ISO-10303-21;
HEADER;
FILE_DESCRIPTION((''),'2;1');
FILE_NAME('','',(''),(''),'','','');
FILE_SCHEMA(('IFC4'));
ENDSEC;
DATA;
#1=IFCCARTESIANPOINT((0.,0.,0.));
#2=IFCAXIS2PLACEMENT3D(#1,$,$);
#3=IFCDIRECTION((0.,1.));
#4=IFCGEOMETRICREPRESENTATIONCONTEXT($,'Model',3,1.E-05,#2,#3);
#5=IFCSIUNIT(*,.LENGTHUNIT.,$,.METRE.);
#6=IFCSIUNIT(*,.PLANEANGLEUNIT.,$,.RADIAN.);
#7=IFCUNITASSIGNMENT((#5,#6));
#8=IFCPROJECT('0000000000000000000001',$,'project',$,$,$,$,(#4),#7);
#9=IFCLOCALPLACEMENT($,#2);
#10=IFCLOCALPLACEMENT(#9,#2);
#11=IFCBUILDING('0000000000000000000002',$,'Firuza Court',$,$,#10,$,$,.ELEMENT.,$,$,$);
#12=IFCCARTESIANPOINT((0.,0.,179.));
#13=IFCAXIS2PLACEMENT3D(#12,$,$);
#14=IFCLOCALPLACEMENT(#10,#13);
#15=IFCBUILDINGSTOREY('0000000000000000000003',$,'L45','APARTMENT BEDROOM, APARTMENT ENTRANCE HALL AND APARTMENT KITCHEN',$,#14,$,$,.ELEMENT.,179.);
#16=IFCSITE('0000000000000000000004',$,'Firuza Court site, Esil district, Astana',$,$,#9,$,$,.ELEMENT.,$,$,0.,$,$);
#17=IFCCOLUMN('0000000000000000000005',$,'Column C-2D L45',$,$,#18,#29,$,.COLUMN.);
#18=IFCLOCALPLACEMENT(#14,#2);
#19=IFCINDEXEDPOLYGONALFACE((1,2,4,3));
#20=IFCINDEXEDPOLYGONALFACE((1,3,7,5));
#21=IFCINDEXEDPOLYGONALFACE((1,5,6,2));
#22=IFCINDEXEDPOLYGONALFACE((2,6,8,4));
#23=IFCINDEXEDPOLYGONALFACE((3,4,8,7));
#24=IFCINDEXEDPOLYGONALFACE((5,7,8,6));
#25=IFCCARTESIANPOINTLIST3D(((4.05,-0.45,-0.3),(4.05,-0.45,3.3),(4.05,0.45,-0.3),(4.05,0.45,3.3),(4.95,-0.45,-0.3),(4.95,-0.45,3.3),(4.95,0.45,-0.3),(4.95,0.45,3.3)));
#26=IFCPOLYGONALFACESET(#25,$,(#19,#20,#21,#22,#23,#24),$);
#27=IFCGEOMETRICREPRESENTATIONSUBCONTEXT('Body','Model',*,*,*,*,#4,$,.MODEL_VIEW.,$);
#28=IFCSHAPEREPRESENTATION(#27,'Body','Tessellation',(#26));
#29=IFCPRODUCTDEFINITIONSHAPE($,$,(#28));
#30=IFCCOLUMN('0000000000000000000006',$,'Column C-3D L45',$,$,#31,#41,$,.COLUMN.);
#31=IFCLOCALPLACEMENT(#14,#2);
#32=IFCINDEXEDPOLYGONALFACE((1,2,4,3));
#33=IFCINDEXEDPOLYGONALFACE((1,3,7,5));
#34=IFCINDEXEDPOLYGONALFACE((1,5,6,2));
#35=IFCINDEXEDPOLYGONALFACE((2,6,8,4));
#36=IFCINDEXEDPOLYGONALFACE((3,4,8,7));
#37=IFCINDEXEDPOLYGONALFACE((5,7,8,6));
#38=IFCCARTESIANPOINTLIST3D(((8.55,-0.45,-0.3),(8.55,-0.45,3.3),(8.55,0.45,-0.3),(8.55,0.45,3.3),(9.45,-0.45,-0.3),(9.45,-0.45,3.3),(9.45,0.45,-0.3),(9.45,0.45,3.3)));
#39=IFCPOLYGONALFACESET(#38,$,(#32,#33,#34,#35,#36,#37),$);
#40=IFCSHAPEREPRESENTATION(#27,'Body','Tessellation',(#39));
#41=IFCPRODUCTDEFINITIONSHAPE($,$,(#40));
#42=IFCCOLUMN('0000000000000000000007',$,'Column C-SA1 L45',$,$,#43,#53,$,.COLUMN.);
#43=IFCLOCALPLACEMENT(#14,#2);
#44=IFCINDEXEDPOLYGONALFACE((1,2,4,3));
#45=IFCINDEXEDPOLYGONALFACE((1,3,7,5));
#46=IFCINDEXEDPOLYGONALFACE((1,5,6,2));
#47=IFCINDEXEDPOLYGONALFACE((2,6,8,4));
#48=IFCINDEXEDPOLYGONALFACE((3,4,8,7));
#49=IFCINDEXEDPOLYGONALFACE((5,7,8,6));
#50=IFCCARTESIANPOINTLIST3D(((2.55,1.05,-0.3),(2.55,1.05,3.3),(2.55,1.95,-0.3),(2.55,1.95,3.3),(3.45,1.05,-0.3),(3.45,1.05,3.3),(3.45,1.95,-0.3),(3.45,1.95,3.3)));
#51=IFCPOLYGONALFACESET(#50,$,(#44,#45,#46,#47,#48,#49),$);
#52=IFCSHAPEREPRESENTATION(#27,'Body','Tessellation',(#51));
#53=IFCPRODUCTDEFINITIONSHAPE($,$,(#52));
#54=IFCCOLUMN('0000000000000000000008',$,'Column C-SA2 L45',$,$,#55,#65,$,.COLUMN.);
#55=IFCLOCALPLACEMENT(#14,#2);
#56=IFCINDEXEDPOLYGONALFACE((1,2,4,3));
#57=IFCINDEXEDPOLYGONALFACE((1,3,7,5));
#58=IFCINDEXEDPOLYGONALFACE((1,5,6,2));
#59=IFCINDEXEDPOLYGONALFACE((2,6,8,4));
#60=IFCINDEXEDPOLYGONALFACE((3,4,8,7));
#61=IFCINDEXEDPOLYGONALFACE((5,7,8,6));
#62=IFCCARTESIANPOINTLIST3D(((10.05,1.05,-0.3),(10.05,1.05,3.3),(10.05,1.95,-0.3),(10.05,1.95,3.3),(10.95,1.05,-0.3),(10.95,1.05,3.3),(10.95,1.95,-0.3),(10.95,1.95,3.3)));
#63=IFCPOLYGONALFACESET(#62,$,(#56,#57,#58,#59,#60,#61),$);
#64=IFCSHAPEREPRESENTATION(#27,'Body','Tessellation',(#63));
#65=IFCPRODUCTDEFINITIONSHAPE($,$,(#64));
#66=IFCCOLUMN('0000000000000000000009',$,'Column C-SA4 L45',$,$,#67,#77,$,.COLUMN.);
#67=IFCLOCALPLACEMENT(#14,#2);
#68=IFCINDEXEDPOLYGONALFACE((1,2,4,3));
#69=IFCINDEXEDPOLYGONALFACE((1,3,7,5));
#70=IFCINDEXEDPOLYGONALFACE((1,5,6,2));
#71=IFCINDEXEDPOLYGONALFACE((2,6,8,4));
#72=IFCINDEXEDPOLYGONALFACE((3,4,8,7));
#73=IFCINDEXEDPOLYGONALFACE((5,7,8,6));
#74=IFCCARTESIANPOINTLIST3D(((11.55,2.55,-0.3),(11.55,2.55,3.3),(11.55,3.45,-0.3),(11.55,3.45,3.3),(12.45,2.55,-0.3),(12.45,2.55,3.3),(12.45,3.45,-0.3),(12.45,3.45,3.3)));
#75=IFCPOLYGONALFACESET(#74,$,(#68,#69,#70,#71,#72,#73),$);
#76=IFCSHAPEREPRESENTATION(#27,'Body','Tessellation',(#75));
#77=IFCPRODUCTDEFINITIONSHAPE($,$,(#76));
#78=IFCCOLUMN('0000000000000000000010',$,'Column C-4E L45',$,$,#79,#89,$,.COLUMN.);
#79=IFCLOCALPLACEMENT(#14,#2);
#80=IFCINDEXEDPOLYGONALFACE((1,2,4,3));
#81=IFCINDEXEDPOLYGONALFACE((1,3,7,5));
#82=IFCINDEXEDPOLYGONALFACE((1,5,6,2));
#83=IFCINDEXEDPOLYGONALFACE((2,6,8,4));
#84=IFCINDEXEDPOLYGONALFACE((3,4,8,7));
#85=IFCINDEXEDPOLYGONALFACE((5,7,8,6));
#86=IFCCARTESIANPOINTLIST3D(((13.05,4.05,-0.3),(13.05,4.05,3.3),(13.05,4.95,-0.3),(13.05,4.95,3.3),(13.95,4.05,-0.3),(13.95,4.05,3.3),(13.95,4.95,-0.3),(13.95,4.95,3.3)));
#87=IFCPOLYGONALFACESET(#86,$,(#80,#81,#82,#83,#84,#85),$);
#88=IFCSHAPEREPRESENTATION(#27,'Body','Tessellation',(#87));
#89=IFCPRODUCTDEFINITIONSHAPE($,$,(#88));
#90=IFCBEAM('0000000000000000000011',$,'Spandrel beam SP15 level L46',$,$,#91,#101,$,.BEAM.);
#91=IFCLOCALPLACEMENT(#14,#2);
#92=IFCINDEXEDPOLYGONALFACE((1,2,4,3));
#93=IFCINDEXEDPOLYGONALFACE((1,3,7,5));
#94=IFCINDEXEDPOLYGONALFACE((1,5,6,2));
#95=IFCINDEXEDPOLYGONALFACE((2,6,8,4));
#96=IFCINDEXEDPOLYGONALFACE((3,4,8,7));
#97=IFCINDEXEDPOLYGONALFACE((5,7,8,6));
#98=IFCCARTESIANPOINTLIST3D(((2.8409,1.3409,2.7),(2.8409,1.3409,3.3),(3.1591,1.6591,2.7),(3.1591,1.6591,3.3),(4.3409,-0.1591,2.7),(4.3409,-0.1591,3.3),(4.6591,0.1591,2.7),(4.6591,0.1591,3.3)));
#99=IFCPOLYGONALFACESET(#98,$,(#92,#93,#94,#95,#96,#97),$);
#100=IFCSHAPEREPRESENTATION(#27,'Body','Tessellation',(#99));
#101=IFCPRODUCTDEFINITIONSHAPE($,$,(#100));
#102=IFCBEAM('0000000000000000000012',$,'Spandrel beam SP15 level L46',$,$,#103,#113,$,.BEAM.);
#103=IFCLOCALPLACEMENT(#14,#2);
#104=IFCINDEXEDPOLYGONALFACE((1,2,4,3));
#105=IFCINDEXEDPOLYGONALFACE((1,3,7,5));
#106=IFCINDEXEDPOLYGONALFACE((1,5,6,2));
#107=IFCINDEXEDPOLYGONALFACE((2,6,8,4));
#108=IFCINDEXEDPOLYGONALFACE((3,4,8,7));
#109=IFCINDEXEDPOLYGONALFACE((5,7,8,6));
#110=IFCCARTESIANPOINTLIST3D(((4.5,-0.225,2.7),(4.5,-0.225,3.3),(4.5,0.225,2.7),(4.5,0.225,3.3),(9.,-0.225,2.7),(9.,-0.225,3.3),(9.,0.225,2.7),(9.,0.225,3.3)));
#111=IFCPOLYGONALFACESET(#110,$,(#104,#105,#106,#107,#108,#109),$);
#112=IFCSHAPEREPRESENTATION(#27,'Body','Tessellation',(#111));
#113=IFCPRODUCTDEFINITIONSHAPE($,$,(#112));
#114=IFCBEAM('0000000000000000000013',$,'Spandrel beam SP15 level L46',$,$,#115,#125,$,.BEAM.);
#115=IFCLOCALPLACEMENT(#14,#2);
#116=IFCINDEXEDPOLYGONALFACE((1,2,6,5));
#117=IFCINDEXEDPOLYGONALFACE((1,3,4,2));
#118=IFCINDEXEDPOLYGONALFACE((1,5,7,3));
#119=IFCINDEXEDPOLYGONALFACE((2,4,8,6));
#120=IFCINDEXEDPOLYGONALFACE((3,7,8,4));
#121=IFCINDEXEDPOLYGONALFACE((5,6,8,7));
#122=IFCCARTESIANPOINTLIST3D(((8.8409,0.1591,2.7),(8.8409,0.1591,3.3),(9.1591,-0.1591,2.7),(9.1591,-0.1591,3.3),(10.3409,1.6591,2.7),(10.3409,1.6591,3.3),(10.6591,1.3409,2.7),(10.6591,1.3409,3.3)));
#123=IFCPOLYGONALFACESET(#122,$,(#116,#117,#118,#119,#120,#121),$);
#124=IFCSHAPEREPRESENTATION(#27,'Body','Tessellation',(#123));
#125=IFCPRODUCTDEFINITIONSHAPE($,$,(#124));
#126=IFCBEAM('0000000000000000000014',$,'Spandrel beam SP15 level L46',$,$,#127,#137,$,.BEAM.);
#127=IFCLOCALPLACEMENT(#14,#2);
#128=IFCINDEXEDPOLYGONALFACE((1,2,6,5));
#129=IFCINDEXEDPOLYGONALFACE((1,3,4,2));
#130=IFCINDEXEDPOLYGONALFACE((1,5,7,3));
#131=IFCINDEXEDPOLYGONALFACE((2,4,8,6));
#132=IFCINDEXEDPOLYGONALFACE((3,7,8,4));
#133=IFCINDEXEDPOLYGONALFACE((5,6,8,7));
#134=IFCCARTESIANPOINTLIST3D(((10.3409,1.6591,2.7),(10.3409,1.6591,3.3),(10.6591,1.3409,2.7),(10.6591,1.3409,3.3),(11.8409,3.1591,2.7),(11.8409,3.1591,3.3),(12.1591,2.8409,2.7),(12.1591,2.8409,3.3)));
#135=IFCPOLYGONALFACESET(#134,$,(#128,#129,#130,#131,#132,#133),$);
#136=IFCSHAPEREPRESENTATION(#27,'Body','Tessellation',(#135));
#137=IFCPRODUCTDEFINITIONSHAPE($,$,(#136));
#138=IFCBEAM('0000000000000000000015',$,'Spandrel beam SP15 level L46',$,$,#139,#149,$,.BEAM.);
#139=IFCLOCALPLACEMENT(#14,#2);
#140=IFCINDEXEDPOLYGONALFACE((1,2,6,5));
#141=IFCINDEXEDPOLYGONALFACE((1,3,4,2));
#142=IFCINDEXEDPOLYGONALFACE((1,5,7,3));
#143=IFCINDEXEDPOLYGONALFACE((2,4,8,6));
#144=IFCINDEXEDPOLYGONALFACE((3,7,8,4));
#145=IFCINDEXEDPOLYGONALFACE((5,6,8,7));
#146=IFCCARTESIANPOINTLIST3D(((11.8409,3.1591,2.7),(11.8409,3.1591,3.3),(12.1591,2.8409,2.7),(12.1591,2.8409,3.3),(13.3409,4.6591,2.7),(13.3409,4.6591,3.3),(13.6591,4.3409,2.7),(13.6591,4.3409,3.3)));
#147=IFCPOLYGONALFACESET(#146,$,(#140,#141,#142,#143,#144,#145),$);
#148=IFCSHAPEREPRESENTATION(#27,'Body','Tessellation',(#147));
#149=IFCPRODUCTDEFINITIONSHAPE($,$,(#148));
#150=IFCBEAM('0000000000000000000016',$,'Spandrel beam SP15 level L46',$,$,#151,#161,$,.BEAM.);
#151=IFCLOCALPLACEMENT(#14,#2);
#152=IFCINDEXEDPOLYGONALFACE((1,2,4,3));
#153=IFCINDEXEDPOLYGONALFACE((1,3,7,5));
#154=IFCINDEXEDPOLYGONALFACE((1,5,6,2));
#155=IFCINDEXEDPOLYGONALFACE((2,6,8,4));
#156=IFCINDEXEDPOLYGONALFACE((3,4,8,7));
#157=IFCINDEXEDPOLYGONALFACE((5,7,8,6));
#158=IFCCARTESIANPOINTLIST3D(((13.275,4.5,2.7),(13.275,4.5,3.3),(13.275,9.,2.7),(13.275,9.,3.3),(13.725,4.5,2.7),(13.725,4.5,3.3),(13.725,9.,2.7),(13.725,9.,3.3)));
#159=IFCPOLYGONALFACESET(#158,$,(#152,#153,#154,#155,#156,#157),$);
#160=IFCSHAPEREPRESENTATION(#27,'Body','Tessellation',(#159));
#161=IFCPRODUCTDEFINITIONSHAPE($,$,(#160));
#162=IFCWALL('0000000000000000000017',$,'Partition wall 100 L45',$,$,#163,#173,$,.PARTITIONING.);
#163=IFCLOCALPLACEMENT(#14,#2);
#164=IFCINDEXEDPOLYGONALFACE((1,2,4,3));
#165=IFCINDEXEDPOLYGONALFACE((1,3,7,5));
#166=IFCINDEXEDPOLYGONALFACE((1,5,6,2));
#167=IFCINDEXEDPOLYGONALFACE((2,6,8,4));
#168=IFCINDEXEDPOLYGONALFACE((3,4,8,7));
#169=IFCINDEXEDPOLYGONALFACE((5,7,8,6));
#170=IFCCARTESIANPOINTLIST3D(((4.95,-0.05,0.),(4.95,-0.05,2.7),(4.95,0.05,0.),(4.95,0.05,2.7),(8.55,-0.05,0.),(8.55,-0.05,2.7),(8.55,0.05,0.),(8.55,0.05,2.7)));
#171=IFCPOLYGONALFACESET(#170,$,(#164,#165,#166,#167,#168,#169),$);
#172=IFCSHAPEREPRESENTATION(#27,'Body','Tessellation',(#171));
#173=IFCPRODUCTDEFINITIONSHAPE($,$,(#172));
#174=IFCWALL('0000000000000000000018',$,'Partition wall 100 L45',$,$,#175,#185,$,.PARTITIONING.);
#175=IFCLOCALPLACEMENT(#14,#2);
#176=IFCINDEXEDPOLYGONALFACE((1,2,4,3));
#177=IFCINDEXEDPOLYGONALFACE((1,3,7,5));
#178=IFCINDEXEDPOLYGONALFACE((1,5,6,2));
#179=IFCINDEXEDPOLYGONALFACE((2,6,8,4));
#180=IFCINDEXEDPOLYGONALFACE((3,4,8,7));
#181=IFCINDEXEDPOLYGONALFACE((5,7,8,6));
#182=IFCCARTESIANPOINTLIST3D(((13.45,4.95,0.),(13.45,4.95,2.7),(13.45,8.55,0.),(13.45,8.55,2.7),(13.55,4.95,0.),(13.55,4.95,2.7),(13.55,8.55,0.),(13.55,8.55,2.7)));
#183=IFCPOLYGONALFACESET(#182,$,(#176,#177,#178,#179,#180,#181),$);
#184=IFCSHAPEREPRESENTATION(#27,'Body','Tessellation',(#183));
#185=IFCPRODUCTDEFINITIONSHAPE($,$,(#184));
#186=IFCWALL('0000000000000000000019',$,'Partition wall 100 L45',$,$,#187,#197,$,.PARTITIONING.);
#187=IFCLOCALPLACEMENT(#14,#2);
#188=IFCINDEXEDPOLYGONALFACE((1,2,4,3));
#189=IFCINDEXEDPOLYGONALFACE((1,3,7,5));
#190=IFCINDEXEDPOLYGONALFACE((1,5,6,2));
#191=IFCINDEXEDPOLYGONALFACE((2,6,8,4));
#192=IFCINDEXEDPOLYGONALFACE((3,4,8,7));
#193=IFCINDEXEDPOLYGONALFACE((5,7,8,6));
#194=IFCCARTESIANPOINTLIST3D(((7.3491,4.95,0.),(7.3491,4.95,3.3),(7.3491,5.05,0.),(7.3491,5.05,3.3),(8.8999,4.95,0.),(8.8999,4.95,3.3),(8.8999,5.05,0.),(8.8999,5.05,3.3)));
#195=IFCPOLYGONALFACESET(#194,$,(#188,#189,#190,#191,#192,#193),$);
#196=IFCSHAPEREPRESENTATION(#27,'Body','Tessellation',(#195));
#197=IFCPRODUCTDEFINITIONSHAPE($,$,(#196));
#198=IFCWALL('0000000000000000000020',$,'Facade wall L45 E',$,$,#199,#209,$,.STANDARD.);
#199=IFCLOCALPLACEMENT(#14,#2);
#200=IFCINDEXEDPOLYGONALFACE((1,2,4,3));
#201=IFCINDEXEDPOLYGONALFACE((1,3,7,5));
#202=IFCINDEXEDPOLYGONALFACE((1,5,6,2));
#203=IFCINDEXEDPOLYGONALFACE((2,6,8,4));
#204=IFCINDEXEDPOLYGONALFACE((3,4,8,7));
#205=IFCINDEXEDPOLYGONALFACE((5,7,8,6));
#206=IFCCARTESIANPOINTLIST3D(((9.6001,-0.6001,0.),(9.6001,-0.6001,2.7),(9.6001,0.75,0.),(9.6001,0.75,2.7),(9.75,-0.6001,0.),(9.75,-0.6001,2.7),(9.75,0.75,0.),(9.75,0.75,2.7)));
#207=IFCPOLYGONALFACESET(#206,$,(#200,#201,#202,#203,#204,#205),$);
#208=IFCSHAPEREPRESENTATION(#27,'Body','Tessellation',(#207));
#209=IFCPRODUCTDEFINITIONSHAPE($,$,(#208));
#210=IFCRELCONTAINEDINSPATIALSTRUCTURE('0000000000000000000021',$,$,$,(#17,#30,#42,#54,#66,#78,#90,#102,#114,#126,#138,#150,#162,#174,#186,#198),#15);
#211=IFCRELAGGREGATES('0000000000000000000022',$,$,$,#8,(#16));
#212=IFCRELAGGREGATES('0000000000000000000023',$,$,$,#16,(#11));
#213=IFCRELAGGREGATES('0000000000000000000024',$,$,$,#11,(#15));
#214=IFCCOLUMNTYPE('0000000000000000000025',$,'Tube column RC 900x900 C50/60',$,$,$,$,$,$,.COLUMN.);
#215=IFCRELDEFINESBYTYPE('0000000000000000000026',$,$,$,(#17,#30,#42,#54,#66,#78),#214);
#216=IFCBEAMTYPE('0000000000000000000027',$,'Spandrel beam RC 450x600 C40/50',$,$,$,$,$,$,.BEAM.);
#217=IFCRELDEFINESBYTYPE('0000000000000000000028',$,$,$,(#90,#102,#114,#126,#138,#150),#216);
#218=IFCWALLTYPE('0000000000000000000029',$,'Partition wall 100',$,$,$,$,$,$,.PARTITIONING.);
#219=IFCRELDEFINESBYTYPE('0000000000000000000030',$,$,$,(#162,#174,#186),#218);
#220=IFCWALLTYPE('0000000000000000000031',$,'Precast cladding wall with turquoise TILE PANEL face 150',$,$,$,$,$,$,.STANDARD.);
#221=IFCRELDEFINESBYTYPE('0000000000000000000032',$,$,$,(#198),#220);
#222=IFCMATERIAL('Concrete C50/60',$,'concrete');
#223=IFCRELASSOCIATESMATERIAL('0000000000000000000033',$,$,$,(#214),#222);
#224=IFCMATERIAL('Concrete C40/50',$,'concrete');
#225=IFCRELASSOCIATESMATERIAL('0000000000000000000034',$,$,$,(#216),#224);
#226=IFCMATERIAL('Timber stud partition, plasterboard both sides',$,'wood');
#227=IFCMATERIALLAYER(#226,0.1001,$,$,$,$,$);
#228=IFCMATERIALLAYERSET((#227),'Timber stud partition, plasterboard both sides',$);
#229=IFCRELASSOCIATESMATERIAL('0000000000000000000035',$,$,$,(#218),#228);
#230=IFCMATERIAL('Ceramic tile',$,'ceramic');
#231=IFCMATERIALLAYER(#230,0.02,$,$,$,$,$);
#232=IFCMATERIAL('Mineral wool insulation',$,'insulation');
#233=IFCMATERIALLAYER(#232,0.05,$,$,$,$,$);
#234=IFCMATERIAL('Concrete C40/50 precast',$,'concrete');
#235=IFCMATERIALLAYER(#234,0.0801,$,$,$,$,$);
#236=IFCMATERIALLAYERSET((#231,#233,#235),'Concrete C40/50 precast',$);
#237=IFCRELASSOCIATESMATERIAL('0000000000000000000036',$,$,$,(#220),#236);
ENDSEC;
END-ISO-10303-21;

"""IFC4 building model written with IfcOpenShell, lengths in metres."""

from ifc_helpers import new_model, si_unit, direction, frame, frame_2d, origin, origin_2d, place, context, subcontext, project, spatial, rectangle, extrude, material, layer, layer_set, material_profile, profile_set, type_object, element, save


model = new_model("IFC4")

# Units and contexts
model_context = context("Model", 3, precision=1e-05, world=origin(), true_north=direction((0.0, 1.0)))
body_context = subcontext(model_context, "Body", "Model", "MODEL_VIEW")
ifc_project = project(units=[si_unit("LENGTHUNIT", "METRE"), si_unit("PLANEANGLEUNIT", "RADIAN")], contexts=[model_context])

# Site, building, storey
site_placement = place(None, origin())
site = spatial("IfcSite", under=ifc_project, at=site_placement, Name="Firuza Court site, Esil district, Astana", CompositionType="ELEMENT", RefElevation=0.0)
building_placement = place(site_placement, origin())
building = spatial("IfcBuilding", under=site, at=building_placement, Name="Firuza Court", CompositionType="ELEMENT")
storey_placement = place(building_placement, frame((0.0, 0.0, 179.0)))
storey = spatial("IfcBuildingStorey", under=building, at=storey_placement, Name="L45", Description="APARTMENT BEDROOM, APARTMENT ENTRANCE HALL AND APARTMENT KITCHEN", CompositionType="ELEMENT", Elevation=179.0)

# Columns
ifc_material_1 = material(Name="Concrete C50/60", Category="concrete")
ifc_material_profile_1 = material_profile(ifc_material_1, rectangle(XDim=0.8999, YDim=0.8999, at=origin_2d()), Name="RC 900x900")
ifc_profile_set_1 = profile_set([ifc_material_profile_1], Name="Concrete C50/60")
column_type = type_object("IfcColumnType", Name="Tube column RC 900x900 C50/60", PredefinedType="COLUMN", material=ifc_profile_set_1)
for number, where, z_axis, x_axis, name in (
    (1, (4.5, 0.0, -0.3), (0.0, 0.0, 1.0), (1.0, 0.0, 0.0), "Column C-2D L45"),
    (2, (9.0, 0.0, -0.3), (0.0, 0.0, 1.0), (1.0, 0.0, 0.0), "Column C-3D L45"),
    (3, (3.0, 1.5, -0.3), (0.0, 0.0, 1.0), (1.0, 0.0, 0.0), "Column C-SA1 L45"),
    (4, (10.5, 1.5, -0.3), (0.0, 0.0, 1.0), (1.0, 0.0, 0.0), "Column C-SA2 L45"),
    (5, (12.0, 3.0, -0.3), (0.0, 0.0, 1.0), (1.0, 0.0, 0.0), "Column C-SA4 L45"),
    (6, (13.5, 4.5, -0.3), (0.0, 0.0, 1.0), (1.0, 0.0, 0.0), "Column C-4E L45"),
):
    element("IfcColumn", number, at=place(storey_placement, frame(where, z_axis=z_axis, x_axis=x_axis)), inside=storey, type_object=column_type, Name=name, PredefinedType="COLUMN", context=body_context, shape_type="SweptSolid", body=[
        extrude(rectangle(XDim=0.8999, YDim=0.8999, at=origin_2d()), origin(), (0.0, 0.0, 1.0), 3.6001),
    ])

# Beams
ifc_material_2 = material(Name="Concrete C40/50", Category="concrete")
ifc_material_profile_2 = material_profile(ifc_material_2, rectangle(XDim=0.45, YDim=0.6001, at=origin_2d()), Name="RC 450x600")
ifc_profile_set_2 = profile_set([ifc_material_profile_2], Name="Concrete C40/50")
beam_type = type_object("IfcBeamType", Name="Spandrel beam RC 450x600 C40/50", PredefinedType="BEAM", material=ifc_profile_set_2)
beam_1_placement = place(storey_placement, frame((3.0, 1.5, 3.0), z_axis=(0.707107, -0.707107, 0.0), x_axis=(0.707107, 0.707107, 0.0)))
element("IfcBeam", 7, at=beam_1_placement, inside=storey, type_object=beam_type, Name="Spandrel beam SP15 level L46", PredefinedType="BEAM", context=body_context, shape_type="SweptSolid", body=[
    extrude(rectangle(XDim=0.45, YDim=0.6001, at=origin_2d()), origin(), (0.0, 0.0, 1.0), 2.1213),
])
beam_2_placement = place(storey_placement, frame((4.5, 0.0, 3.0), z_axis=(1.0, 0.0, 0.0), x_axis=(0.0, 1.0, 0.0)))
element("IfcBeam", 8, at=beam_2_placement, inside=storey, type_object=beam_type, Name="Spandrel beam SP15 level L46", PredefinedType="BEAM", context=body_context, shape_type="SweptSolid", body=[
    extrude(rectangle(XDim=0.45, YDim=0.6001, at=origin_2d()), origin(), (0.0, 0.0, 1.0), 4.5),
])
for number, where, z_axis, x_axis, name in (
    (9, (9.0, 0.0, 3.0), (0.707107, 0.707107, 0.0), (-0.707107, 0.707107, 0.0), "Spandrel beam SP15 level L46"),
    (10, (10.5, 1.5, 3.0), (0.707107, 0.707107, 0.0), (-0.707107, 0.707107, 0.0), "Spandrel beam SP15 level L46"),
    (11, (12.0, 3.0, 3.0), (0.707107, 0.707107, 0.0), (-0.707107, 0.707107, 0.0), "Spandrel beam SP15 level L46"),
):
    element("IfcBeam", number, at=place(storey_placement, frame(where, z_axis=z_axis, x_axis=x_axis)), inside=storey, type_object=beam_type, Name=name, PredefinedType="BEAM", context=body_context, shape_type="SweptSolid", body=[
        extrude(rectangle(XDim=0.45, YDim=0.6001, at=origin_2d()), origin(), (0.0, 0.0, 1.0), 2.1213),
    ])
beam_3_placement = place(storey_placement, frame((13.5, 4.5, 3.0), z_axis=(0.0, 1.0, 0.0), x_axis=(-1.0, 0.0, 0.0)))
element("IfcBeam", 12, at=beam_3_placement, inside=storey, type_object=beam_type, Name="Spandrel beam SP15 level L46", PredefinedType="BEAM", context=body_context, shape_type="SweptSolid", body=[
    extrude(rectangle(XDim=0.45, YDim=0.6001, at=origin_2d()), origin(), (0.0, 0.0, 1.0), 4.5),
])

# Walls
ifc_material_3 = material(Name="Timber stud partition, plasterboard both sides", Category="wood")
ifc_layer_1 = layer(ifc_material_3, 0.1001)
ifc_layer_set_1 = layer_set([ifc_layer_1], Name="Timber stud partition, plasterboard both sides")
wall_type_1 = type_object("IfcWallType", Name="Partition wall 100", PredefinedType="PARTITIONING", material=ifc_layer_set_1)
for number, where, z_axis, x_axis, name in (
    (13, (4.95, 0.0, 0.0), (0.0, 0.0, 1.0), (1.0, 0.0, 0.0), "Partition wall 100 L45"),
    (14, (13.5, 4.95, 0.0), (0.0, 0.0, 1.0), (0.0, 1.0, 0.0), "Partition wall 100 L45"),
):
    element("IfcWall", number, at=place(storey_placement, frame(where, z_axis=z_axis, x_axis=x_axis)), inside=storey, type_object=wall_type_1, Name=name, PredefinedType="PARTITIONING", context=body_context, shape_type="SweptSolid", body=[
        extrude(rectangle(XDim=3.6001, YDim=0.1001, at=frame_2d((1.8, 0.0))), origin(), (0.0, 0.0, 1.0), 2.7),
    ])
wall_1_placement = place(storey_placement, frame((7.3491, 5.0, 0.0), z_axis=(0.0, 0.0, 1.0), x_axis=(1.0, 0.0, 0.0)))
element("IfcWall", 15, at=wall_1_placement, inside=storey, type_object=wall_type_1, Name="Partition wall 100 L45", PredefinedType="PARTITIONING", context=body_context, shape_type="SweptSolid", body=[
    extrude(rectangle(XDim=1.5508, YDim=0.1001, at=frame_2d((0.7754, 0.0))), origin(), (0.0, 0.0, 1.0), 3.3),
])
ifc_material_4 = material(Name="Ceramic tile", Category="ceramic")
ifc_layer_2 = layer(ifc_material_4, 0.02)
ifc_material_5 = material(Name="Mineral wool insulation", Category="insulation")
ifc_layer_3 = layer(ifc_material_5, 0.05)
ifc_material_6 = material(Name="Concrete C40/50 precast", Category="concrete")
ifc_layer_4 = layer(ifc_material_6, 0.0801)
ifc_layer_set_2 = layer_set([ifc_layer_2, ifc_layer_3, ifc_layer_4], Name="Concrete C40/50 precast")
wall_type_2 = type_object("IfcWallType", Name="Precast cladding wall with turquoise TILE PANEL face 150", PredefinedType="STANDARD", material=ifc_layer_set_2)
wall_2_placement = place(storey_placement, frame((9.675, -0.6001, 0.0), z_axis=(0.0, 0.0, 1.0), x_axis=(0.0, 1.0, 0.0)))
element("IfcWall", 16, at=wall_2_placement, inside=storey, type_object=wall_type_2, Name="Facade wall L45 E", PredefinedType="STANDARD", context=body_context, shape_type="SweptSolid", body=[
    extrude(rectangle(XDim=1.3501, YDim=0.1499, at=frame_2d((0.675, 0.0))), origin(), (0.0, 0.0, 1.0), 2.7),
])

save(model, "model.ifc")
